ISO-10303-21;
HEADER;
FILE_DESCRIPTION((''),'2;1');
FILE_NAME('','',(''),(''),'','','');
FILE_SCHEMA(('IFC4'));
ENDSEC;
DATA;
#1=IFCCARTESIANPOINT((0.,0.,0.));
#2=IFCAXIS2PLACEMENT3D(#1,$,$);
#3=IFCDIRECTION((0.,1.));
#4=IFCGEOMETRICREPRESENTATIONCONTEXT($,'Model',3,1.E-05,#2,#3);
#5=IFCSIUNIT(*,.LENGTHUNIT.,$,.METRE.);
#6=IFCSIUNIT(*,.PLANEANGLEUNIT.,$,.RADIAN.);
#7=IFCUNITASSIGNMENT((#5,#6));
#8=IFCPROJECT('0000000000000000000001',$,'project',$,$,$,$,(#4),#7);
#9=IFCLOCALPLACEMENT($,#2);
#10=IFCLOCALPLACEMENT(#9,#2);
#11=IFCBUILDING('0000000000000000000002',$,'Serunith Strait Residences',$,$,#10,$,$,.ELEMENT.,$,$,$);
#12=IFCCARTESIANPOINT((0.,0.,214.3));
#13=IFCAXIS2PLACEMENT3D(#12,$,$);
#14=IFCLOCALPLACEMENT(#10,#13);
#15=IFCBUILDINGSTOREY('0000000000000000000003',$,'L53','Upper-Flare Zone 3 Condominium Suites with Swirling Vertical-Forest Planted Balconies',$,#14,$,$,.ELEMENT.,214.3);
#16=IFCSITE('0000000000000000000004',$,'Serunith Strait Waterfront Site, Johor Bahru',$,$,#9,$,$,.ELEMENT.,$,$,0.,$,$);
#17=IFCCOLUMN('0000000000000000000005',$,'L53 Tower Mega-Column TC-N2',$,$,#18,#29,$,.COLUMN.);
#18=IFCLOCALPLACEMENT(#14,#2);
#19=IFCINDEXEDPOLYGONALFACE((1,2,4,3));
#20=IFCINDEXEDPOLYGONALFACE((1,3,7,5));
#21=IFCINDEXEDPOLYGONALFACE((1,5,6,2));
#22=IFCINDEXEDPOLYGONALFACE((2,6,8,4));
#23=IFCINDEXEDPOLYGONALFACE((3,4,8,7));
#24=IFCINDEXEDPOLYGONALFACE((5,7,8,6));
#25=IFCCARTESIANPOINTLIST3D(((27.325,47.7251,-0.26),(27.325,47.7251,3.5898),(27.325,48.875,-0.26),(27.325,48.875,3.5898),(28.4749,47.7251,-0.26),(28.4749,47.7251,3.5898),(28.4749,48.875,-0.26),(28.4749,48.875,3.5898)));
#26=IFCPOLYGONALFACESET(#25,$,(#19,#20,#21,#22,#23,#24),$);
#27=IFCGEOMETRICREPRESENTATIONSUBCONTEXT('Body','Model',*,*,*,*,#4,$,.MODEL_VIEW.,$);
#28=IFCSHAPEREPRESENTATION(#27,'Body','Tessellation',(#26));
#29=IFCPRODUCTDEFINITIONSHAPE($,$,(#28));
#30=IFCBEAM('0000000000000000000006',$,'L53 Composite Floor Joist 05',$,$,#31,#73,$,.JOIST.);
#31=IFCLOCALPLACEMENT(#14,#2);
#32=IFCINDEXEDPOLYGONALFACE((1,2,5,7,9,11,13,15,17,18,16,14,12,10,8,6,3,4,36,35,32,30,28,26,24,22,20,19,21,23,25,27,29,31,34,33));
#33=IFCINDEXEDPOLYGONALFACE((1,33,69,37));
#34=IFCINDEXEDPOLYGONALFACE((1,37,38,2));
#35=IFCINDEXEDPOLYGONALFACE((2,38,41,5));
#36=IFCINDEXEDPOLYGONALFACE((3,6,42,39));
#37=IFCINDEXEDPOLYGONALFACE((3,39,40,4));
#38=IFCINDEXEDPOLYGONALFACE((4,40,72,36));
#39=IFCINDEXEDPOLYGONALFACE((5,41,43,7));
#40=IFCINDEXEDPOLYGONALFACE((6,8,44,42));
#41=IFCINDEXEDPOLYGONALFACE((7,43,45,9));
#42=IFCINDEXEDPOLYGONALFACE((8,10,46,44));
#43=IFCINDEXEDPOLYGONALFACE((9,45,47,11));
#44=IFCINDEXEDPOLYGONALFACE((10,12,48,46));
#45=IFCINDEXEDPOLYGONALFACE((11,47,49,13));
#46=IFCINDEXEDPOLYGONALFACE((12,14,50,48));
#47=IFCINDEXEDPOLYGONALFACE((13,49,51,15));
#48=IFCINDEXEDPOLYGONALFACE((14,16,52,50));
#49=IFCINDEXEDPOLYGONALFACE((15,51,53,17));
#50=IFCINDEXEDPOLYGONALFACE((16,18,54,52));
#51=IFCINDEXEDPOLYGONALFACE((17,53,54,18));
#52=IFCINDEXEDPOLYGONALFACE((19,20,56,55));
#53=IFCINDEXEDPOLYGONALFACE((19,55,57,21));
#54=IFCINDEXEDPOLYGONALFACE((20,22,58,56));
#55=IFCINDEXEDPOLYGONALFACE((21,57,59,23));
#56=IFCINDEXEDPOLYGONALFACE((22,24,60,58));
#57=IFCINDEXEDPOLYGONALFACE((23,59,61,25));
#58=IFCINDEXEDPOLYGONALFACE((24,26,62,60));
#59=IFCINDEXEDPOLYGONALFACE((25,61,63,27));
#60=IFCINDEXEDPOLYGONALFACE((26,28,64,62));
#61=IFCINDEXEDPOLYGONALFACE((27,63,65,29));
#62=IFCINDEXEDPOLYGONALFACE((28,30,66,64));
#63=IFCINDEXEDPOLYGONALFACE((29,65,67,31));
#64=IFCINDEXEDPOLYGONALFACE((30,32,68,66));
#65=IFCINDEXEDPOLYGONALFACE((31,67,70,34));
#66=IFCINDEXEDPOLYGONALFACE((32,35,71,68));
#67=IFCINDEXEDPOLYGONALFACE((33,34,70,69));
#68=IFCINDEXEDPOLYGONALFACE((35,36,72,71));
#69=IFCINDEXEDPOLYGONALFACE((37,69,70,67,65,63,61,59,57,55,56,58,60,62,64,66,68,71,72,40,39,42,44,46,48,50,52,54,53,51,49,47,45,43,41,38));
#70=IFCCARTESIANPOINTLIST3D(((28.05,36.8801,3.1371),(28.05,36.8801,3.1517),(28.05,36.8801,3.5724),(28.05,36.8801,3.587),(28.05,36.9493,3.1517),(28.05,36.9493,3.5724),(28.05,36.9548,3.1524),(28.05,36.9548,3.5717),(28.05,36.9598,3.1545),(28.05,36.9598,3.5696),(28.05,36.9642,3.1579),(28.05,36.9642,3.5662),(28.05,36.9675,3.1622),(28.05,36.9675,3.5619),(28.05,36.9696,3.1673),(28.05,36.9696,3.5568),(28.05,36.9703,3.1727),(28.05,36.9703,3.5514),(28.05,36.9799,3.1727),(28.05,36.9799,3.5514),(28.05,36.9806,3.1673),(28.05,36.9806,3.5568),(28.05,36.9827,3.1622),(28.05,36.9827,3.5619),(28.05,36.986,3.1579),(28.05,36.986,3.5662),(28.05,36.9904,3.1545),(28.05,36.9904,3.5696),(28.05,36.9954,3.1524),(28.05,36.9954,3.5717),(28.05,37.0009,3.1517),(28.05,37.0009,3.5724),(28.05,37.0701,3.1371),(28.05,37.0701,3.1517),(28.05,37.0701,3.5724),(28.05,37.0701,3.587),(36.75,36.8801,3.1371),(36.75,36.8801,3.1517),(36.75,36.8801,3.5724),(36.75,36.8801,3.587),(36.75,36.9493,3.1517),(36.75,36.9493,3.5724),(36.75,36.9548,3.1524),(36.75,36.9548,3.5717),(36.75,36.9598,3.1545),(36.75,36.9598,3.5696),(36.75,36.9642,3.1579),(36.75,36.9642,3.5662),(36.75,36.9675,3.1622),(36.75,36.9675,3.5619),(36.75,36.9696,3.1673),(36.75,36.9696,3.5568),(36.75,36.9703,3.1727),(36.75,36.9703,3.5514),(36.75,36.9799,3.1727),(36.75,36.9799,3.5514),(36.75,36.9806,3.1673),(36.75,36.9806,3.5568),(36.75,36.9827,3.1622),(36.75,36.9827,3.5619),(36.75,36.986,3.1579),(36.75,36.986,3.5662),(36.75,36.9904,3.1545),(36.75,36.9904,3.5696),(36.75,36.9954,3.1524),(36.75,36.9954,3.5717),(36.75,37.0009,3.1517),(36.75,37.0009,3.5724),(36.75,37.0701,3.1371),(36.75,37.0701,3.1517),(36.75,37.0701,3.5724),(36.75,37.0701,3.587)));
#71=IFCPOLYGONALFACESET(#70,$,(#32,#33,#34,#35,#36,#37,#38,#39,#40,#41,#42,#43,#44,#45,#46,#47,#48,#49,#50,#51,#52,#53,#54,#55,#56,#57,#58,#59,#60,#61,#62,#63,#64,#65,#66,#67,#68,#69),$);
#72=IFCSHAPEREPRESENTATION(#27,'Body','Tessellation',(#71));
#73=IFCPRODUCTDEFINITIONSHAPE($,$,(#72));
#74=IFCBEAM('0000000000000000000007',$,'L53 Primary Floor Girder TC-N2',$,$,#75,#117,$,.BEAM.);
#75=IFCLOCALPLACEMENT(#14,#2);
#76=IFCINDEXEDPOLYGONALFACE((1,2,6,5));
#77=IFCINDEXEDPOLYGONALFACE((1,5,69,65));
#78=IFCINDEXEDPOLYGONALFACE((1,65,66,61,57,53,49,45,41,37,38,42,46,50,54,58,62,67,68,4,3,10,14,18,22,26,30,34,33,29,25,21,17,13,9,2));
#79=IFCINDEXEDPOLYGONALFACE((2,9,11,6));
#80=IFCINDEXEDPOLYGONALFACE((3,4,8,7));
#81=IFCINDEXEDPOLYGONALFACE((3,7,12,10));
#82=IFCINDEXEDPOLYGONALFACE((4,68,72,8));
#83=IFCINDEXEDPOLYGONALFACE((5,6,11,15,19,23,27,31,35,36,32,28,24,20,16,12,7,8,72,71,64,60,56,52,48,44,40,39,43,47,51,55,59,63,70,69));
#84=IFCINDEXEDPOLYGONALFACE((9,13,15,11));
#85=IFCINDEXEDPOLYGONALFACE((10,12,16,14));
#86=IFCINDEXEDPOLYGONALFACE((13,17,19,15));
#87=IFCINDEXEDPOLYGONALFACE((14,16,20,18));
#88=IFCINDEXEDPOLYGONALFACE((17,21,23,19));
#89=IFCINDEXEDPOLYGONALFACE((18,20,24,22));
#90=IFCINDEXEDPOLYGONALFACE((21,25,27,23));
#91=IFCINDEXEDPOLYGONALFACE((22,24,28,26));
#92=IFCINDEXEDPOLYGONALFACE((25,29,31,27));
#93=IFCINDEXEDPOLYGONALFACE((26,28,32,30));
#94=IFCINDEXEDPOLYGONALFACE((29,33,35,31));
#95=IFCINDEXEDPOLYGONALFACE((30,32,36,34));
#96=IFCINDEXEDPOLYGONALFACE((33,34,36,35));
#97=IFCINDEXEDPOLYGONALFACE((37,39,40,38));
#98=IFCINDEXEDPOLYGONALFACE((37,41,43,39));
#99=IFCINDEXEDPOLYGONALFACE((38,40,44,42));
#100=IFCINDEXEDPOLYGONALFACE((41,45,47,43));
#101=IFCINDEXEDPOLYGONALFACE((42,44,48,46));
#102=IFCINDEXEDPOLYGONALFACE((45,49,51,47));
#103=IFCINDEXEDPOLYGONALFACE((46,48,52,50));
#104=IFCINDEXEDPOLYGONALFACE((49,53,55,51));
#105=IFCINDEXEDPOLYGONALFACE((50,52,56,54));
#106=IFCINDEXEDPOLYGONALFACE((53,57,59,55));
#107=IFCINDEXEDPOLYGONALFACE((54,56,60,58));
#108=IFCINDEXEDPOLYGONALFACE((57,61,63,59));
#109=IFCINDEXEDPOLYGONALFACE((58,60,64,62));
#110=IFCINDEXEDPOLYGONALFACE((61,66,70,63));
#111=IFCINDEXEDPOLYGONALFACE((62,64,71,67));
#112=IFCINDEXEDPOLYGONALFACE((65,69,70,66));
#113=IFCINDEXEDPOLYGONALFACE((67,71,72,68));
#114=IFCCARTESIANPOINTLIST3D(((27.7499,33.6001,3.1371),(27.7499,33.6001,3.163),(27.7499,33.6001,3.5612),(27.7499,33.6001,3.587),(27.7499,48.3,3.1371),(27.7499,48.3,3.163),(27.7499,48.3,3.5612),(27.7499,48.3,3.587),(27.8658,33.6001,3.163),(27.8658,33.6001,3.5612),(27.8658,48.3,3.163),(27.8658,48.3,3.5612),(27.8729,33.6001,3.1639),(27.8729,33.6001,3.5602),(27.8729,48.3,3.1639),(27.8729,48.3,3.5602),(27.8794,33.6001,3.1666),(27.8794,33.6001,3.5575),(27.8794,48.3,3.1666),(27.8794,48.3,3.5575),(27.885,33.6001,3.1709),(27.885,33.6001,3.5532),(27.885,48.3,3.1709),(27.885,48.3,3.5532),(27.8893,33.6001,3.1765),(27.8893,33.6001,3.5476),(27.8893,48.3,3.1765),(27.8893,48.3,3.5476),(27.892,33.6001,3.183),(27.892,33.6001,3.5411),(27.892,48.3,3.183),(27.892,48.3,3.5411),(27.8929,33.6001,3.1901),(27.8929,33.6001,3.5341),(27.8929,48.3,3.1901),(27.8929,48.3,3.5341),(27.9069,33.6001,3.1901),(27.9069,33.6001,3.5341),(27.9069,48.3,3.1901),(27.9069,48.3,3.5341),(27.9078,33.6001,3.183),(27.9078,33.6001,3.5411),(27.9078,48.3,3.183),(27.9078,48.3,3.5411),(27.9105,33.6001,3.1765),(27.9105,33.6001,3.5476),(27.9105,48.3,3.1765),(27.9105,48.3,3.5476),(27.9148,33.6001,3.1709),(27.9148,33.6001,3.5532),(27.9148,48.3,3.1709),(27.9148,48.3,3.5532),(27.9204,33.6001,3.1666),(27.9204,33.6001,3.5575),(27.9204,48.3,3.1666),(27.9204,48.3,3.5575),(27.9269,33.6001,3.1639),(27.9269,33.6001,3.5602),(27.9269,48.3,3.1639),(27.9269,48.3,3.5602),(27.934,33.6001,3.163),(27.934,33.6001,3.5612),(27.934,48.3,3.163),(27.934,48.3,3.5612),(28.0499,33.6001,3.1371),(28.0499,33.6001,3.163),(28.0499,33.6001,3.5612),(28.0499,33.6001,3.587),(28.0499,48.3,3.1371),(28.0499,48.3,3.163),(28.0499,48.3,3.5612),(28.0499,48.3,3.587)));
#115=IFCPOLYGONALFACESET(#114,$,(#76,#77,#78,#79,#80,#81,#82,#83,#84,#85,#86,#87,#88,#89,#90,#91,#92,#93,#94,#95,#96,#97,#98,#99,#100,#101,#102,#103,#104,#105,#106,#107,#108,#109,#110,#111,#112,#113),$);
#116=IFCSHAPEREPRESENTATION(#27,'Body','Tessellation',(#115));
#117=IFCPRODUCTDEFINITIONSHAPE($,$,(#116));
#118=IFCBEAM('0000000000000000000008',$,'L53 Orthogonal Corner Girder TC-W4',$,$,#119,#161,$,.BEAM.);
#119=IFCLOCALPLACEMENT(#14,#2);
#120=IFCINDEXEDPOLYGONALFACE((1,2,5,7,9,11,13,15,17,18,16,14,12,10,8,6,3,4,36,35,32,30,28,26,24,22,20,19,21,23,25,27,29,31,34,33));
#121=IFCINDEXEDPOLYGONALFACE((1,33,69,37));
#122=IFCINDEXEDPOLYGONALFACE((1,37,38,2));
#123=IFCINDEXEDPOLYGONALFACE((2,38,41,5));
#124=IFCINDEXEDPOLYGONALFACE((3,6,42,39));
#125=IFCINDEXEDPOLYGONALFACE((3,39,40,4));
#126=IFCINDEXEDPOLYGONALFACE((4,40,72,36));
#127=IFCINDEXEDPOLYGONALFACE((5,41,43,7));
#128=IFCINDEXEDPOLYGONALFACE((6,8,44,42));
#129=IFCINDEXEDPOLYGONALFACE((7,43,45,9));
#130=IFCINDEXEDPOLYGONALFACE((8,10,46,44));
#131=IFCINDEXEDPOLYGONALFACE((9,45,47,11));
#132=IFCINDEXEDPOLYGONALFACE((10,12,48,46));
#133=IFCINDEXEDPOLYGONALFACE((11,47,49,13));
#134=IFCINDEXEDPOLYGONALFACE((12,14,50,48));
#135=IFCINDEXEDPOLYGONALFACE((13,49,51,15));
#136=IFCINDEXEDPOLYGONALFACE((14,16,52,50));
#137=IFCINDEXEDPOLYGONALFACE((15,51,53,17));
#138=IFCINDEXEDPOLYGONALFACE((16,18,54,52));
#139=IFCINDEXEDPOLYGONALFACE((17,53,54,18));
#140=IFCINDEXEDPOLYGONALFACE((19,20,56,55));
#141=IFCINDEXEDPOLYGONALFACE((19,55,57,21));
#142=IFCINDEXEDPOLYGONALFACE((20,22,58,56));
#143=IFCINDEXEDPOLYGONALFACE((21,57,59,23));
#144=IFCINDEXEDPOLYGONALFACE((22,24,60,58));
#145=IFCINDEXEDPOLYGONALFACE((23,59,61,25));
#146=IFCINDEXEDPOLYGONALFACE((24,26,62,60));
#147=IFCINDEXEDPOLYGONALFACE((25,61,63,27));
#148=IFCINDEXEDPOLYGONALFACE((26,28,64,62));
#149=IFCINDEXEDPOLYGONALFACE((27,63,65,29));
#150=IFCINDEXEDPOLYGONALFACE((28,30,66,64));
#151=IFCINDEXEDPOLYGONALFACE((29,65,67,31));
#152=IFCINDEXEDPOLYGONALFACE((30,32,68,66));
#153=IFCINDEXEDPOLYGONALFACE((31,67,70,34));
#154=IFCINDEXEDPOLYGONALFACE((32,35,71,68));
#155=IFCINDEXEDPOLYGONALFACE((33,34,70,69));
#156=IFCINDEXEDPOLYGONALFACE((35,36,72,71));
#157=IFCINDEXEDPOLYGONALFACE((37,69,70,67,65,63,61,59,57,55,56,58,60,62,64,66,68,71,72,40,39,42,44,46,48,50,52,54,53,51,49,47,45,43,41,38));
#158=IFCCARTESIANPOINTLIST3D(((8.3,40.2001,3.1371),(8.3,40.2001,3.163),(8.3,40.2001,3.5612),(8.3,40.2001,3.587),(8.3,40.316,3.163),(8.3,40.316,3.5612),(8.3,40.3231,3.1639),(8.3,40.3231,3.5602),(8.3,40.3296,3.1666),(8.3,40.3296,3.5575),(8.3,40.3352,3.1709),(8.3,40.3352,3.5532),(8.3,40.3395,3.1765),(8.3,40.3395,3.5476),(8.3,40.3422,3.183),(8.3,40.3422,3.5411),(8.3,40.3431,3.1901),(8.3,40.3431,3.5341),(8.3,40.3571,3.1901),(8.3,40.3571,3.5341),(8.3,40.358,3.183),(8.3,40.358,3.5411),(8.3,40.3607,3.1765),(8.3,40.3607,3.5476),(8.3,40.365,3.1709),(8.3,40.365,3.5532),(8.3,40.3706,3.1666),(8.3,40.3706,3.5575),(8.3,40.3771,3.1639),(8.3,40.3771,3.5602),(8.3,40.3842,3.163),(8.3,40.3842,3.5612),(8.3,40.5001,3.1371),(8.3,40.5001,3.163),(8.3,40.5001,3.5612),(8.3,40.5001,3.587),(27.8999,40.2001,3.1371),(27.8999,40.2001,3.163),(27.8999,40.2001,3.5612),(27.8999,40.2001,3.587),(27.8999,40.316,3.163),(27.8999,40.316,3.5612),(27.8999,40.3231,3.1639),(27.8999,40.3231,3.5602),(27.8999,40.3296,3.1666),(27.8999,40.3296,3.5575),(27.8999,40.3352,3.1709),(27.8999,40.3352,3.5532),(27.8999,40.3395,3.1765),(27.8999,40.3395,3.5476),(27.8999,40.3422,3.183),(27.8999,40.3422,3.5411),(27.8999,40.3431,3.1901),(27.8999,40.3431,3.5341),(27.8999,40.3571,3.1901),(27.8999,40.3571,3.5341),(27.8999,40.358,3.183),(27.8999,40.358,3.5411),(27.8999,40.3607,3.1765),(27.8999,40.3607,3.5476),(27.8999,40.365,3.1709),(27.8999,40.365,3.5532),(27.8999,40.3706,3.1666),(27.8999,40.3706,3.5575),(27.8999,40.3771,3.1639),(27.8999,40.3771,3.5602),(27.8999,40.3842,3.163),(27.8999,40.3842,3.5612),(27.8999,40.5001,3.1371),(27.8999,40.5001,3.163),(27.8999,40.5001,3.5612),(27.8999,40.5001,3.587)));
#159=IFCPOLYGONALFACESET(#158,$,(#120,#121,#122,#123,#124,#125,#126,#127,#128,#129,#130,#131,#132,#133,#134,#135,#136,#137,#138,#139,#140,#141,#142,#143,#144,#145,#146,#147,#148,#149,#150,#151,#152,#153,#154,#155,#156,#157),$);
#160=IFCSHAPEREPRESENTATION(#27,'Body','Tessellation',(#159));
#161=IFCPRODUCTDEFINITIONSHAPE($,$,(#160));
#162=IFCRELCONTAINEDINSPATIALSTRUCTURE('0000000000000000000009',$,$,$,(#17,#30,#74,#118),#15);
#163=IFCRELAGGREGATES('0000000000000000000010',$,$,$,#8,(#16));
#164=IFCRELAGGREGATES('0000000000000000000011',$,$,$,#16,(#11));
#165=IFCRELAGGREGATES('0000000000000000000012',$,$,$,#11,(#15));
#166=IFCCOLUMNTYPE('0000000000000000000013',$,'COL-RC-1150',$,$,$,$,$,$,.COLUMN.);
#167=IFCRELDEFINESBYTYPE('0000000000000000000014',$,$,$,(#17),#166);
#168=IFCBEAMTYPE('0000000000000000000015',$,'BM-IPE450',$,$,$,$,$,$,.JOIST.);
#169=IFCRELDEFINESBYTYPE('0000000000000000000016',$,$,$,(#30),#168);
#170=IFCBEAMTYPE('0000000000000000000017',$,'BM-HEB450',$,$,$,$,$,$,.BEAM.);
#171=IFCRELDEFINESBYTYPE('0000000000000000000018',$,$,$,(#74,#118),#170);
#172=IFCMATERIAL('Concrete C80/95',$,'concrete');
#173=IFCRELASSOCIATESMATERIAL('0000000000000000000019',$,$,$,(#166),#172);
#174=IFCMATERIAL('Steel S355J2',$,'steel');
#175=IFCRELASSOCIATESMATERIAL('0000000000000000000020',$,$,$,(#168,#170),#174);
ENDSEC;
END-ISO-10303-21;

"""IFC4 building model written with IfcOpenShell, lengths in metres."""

from ifc_helpers import new_model, si_unit, direction, frame, origin, origin_2d, place, context, subcontext, project, spatial, rectangle, i_section, extrude, source, transform, mapped, material, material_profile, profile_set, type_object, element, save


model = new_model("IFC4")

# Units and contexts
model_context = context("Model", 3, precision=1e-05, world=origin(), true_north=direction((0.0, 1.0)))
body_context = subcontext(model_context, "Body", "Model", "MODEL_VIEW")
ifc_project = project(units=[si_unit("LENGTHUNIT", "METRE"), si_unit("PLANEANGLEUNIT", "RADIAN")], contexts=[model_context])

# Site, building, storey
site_placement = place(None, origin())
site = spatial("IfcSite", under=ifc_project, at=site_placement, Name="Serunith Strait Waterfront Site, Johor Bahru", CompositionType="ELEMENT", RefElevation=0.0)
building_placement = place(site_placement, origin())
building = spatial("IfcBuilding", under=site, at=building_placement, Name="Serunith Strait Residences", CompositionType="ELEMENT")
storey_placement = place(building_placement, frame((0.0, 0.0, 214.3)))
storey = spatial("IfcBuildingStorey", under=building, at=storey_placement, Name="L53", Description="Upper-Flare Zone 3 Condominium Suites with Swirling Vertical-Forest Planted Balconies", CompositionType="ELEMENT", Elevation=214.3)

# Column
ifc_material_1 = material(Name="Concrete C80/95", Category="concrete")
ifc_material_profile_1 = material_profile(ifc_material_1, rectangle(XDim=1.1499, YDim=1.1499, at=origin_2d()), Name="RC 1150x1150")
ifc_profile_set_1 = profile_set([ifc_material_profile_1], Name="Concrete C80/95")
column_type = type_object("IfcColumnType", Name="COL-RC-1150", PredefinedType="COLUMN", material=ifc_profile_set_1)
shared_shape_1 = source(origin(), body_context, "Body", "SweptSolid", [
    extrude(rectangle(XDim=1.1499, YDim=1.1499, at=origin_2d()), origin(), (0.0, 0.0, 1.0), 3.8499),
])
column_placement = place(storey_placement, frame((27.8999, 48.3, -0.26), z_axis=(0.0, 0.0, 1.0), x_axis=(1.0, 0.0, 0.0)))
element("IfcColumn", 1, at=column_placement, inside=storey, type_object=column_type, Name="L53 Tower Mega-Column TC-N2", PredefinedType="COLUMN", context=body_context, shape_type="MappedRepresentation", body=[
    mapped(shared_shape_1, transform((0.0, 0.0, 0.0), scale=1.0)),
])

# Beams
ifc_material_2 = material(Name="Steel S355J2", Category="steel")
ifc_material_profile_2 = material_profile(ifc_material_2, i_section(OverallWidth=0.1899, OverallDepth=0.45, WebThickness=0.0095, FlangeThickness=0.0146, FilletRadius=0.021, at=origin_2d()), Name="IPE 450")
ifc_profile_set_2 = profile_set([ifc_material_profile_2], Name="Steel S355J2")
beam_type_1 = type_object("IfcBeamType", Name="BM-IPE450", PredefinedType="JOIST", material=ifc_profile_set_2)
shared_shape_2 = source(origin(), body_context, "Body", "SweptSolid", [
    extrude(i_section(OverallWidth=0.1899, OverallDepth=0.45, WebThickness=0.0095, FlangeThickness=0.0146, FilletRadius=0.021, at=origin_2d()), origin(), (0.0, 0.0, 1.0), 8.7),
])
beam_1_placement = place(storey_placement, frame((28.05, 36.9751, 3.3621), z_axis=(1.0, 0.0, 0.0), x_axis=(0.0, 1.0, 0.0)))
element("IfcBeam", 2, at=beam_1_placement, inside=storey, type_object=beam_type_1, Name="L53 Composite Floor Joist 05", PredefinedType="JOIST", context=body_context, shape_type="MappedRepresentation", body=[
    mapped(shared_shape_2, transform((0.0, 0.0, 0.0), scale=1.0)),
])
ifc_material_profile_3 = material_profile(ifc_material_2, i_section(OverallWidth=0.3, OverallDepth=0.45, WebThickness=0.0139, FlangeThickness=0.0259, FilletRadius=0.0271, at=origin_2d()), Name="HEB 450")
ifc_profile_set_3 = profile_set([ifc_material_profile_3], Name="Steel S355J2")
beam_type_2 = type_object("IfcBeamType", Name="BM-HEB450", PredefinedType="BEAM", material=ifc_profile_set_3)
shared_shape_3 = source(origin(), body_context, "Body", "SweptSolid", [
    extrude(i_section(OverallWidth=0.3, OverallDepth=0.45, WebThickness=0.0139, FlangeThickness=0.0259, FilletRadius=0.0271, at=origin_2d()), origin(), (0.0, 0.0, 1.0), 14.7),
])
beam_2_placement = place(storey_placement, frame((27.8999, 33.6001, 3.3621), z_axis=(0.0, 1.0, 0.0), x_axis=(-1.0, 0.0, 0.0)))
element("IfcBeam", 3, at=beam_2_placement, inside=storey, type_object=beam_type_2, Name="L53 Primary Floor Girder TC-N2", PredefinedType="BEAM", context=body_context, shape_type="MappedRepresentation", body=[
    mapped(shared_shape_3, transform((0.0, 0.0, 0.0), scale=1.0)),
])
shared_shape_4 = source(origin(), body_context, "Body", "SweptSolid", [
    extrude(i_section(OverallWidth=0.3, OverallDepth=0.45, WebThickness=0.0139, FlangeThickness=0.0259, FilletRadius=0.0271, at=origin_2d()), origin(), (0.0, 0.0, 1.0), 19.5999),
])
beam_3_placement = place(storey_placement, frame((27.8999, 40.3501, 3.3621), z_axis=(-1.0, 0.0, 0.0), x_axis=(0.0, -1.0, 0.0)))
element("IfcBeam", 4, at=beam_3_placement, inside=storey, type_object=beam_type_2, Name="L53 Orthogonal Corner Girder TC-W4", PredefinedType="BEAM", context=body_context, shape_type="MappedRepresentation", body=[
    mapped(shared_shape_4, transform((0.0, 0.0, 0.0), scale=1.0)),
])

save(model, "model.ifc")
